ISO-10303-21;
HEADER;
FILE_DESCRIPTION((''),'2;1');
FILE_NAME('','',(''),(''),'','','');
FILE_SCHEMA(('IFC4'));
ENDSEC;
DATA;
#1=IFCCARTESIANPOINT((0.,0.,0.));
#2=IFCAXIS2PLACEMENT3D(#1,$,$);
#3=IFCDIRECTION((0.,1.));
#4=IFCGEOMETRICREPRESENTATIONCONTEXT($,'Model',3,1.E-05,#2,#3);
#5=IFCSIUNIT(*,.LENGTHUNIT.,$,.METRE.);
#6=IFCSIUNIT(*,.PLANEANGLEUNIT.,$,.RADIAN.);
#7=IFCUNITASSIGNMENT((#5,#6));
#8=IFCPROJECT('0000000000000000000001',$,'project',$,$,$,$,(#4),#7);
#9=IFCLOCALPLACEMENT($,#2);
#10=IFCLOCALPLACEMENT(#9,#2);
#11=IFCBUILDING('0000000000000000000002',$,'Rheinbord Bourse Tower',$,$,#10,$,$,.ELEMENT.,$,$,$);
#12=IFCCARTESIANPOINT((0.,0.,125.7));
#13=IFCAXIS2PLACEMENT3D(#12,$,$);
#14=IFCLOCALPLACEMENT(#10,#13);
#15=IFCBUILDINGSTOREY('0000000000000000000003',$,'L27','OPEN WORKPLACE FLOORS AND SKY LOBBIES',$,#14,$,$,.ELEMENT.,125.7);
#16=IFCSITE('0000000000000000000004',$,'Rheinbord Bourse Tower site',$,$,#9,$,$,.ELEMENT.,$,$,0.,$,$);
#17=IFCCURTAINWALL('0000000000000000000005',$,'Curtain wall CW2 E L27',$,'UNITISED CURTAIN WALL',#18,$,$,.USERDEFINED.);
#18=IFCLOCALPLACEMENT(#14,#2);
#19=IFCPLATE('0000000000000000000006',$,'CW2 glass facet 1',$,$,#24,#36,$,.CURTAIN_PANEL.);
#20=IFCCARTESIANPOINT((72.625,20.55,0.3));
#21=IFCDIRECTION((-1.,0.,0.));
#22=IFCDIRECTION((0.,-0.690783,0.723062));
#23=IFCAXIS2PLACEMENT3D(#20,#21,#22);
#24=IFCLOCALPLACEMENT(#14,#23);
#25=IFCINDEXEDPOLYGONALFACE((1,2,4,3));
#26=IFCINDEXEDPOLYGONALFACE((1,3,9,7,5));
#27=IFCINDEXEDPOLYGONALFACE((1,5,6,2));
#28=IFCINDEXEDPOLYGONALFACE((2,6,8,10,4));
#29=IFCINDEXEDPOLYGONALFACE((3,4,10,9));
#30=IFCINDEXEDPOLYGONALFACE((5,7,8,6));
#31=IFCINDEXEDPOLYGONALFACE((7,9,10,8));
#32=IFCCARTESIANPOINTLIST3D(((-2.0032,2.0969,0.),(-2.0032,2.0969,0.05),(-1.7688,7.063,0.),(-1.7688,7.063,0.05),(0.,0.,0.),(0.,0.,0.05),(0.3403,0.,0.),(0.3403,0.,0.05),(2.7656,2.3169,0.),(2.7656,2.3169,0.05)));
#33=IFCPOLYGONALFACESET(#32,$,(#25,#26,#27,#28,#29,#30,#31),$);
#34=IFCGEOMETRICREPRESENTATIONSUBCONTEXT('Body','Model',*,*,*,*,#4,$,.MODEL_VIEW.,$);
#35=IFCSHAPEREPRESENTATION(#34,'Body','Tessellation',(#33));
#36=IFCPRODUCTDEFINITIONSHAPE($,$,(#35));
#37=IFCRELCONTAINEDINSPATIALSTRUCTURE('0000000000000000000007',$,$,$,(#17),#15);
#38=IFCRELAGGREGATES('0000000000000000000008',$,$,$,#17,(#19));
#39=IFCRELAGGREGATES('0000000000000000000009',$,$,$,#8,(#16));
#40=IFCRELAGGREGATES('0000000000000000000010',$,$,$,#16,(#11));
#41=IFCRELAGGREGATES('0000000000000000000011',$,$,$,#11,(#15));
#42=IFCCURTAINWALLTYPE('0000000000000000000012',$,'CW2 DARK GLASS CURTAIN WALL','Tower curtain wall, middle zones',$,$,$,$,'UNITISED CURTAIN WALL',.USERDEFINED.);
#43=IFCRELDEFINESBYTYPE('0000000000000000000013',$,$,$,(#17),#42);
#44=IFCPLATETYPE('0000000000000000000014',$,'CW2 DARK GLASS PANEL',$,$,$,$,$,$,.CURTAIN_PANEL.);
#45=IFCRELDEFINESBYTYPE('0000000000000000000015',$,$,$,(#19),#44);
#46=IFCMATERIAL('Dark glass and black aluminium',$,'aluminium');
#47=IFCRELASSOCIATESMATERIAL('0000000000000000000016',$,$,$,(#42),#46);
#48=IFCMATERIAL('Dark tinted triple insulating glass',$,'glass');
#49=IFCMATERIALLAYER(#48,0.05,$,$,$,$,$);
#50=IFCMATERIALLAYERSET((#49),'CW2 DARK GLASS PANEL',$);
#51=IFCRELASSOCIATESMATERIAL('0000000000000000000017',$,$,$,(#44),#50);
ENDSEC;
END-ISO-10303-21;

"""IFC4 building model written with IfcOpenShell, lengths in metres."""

from ifc_helpers import new_model, si_unit, direction, frame, origin, place, context, subcontext, project, spatial, polyline, outline, extrude, material, layer, layer_set, type_object, element, aggregate, save


model = new_model("IFC4")

# Units and contexts
model_context = context("Model", 3, precision=1e-05, world=origin(), true_north=direction((0.0, 1.0)))
body_context = subcontext(model_context, "Body", "Model", "MODEL_VIEW")
ifc_project = project(units=[si_unit("LENGTHUNIT", "METRE"), si_unit("PLANEANGLEUNIT", "RADIAN")], contexts=[model_context])

# Site, building, storey
site_placement = place(None, origin())
site = spatial("IfcSite", under=ifc_project, at=site_placement, Name="Rheinbord Bourse Tower site", CompositionType="ELEMENT", RefElevation=0.0)
building_placement = place(site_placement, origin())
building = spatial("IfcBuilding", under=site, at=building_placement, Name="Rheinbord Bourse Tower", CompositionType="ELEMENT")
storey_placement = place(building_placement, frame((0.0, 0.0, 125.7)))
storey = spatial("IfcBuildingStorey", under=building, at=storey_placement, Name="L27", Description="OPEN WORKPLACE FLOORS AND SKY LOBBIES", CompositionType="ELEMENT", Elevation=125.7)

# Curtain wall
ifc_material_1 = material(Name="Dark glass and black aluminium", Category="aluminium")
curtain_wall_type = type_object("IfcCurtainWallType", Name="CW2 DARK GLASS CURTAIN WALL", Description="Tower curtain wall, middle zones", ElementType="UNITISED CURTAIN WALL", PredefinedType="USERDEFINED", material=ifc_material_1)
curtain_wall_placement = place(storey_placement, origin())
curtain_wall = element("IfcCurtainWall", 1, at=curtain_wall_placement, inside=storey, type_object=curtain_wall_type, Name="Curtain wall CW2 E L27", ObjectType="UNITISED CURTAIN WALL", PredefinedType="USERDEFINED")

# Plate
ifc_material_2 = material(Name="Dark tinted triple insulating glass", Category="glass")
ifc_layer = layer(ifc_material_2, 0.05)
ifc_layer_set = layer_set([ifc_layer], Name="CW2 DARK GLASS PANEL")
plate_type = type_object("IfcPlateType", Name="CW2 DARK GLASS PANEL", PredefinedType="CURTAIN_PANEL", material=ifc_layer_set)
plate_1_placement = place(storey_placement, frame((72.625, 20.55, 0.3), z_axis=(-1.0, 0.0, 0.0), x_axis=(0.0, -0.690783, 0.723062)))
plate_1 = element("IfcPlate", 2, at=plate_1_placement, type_object=plate_type, Name="CW2 glass facet 1", PredefinedType="CURTAIN_PANEL", context=body_context, shape_type="SweptSolid", body=[
    extrude(outline(polyline([(0.0, 0.0), (0.3403, 0.0), (2.7656, 2.3169), (-1.7688, 7.063), (-2.0032, 2.0969), (0.0, 0.0)])), origin(), (0.0, 0.0, 1.0), 0.05),
])
aggregate(curtain_wall, [plate_1])

save(model, "model.ifc")
